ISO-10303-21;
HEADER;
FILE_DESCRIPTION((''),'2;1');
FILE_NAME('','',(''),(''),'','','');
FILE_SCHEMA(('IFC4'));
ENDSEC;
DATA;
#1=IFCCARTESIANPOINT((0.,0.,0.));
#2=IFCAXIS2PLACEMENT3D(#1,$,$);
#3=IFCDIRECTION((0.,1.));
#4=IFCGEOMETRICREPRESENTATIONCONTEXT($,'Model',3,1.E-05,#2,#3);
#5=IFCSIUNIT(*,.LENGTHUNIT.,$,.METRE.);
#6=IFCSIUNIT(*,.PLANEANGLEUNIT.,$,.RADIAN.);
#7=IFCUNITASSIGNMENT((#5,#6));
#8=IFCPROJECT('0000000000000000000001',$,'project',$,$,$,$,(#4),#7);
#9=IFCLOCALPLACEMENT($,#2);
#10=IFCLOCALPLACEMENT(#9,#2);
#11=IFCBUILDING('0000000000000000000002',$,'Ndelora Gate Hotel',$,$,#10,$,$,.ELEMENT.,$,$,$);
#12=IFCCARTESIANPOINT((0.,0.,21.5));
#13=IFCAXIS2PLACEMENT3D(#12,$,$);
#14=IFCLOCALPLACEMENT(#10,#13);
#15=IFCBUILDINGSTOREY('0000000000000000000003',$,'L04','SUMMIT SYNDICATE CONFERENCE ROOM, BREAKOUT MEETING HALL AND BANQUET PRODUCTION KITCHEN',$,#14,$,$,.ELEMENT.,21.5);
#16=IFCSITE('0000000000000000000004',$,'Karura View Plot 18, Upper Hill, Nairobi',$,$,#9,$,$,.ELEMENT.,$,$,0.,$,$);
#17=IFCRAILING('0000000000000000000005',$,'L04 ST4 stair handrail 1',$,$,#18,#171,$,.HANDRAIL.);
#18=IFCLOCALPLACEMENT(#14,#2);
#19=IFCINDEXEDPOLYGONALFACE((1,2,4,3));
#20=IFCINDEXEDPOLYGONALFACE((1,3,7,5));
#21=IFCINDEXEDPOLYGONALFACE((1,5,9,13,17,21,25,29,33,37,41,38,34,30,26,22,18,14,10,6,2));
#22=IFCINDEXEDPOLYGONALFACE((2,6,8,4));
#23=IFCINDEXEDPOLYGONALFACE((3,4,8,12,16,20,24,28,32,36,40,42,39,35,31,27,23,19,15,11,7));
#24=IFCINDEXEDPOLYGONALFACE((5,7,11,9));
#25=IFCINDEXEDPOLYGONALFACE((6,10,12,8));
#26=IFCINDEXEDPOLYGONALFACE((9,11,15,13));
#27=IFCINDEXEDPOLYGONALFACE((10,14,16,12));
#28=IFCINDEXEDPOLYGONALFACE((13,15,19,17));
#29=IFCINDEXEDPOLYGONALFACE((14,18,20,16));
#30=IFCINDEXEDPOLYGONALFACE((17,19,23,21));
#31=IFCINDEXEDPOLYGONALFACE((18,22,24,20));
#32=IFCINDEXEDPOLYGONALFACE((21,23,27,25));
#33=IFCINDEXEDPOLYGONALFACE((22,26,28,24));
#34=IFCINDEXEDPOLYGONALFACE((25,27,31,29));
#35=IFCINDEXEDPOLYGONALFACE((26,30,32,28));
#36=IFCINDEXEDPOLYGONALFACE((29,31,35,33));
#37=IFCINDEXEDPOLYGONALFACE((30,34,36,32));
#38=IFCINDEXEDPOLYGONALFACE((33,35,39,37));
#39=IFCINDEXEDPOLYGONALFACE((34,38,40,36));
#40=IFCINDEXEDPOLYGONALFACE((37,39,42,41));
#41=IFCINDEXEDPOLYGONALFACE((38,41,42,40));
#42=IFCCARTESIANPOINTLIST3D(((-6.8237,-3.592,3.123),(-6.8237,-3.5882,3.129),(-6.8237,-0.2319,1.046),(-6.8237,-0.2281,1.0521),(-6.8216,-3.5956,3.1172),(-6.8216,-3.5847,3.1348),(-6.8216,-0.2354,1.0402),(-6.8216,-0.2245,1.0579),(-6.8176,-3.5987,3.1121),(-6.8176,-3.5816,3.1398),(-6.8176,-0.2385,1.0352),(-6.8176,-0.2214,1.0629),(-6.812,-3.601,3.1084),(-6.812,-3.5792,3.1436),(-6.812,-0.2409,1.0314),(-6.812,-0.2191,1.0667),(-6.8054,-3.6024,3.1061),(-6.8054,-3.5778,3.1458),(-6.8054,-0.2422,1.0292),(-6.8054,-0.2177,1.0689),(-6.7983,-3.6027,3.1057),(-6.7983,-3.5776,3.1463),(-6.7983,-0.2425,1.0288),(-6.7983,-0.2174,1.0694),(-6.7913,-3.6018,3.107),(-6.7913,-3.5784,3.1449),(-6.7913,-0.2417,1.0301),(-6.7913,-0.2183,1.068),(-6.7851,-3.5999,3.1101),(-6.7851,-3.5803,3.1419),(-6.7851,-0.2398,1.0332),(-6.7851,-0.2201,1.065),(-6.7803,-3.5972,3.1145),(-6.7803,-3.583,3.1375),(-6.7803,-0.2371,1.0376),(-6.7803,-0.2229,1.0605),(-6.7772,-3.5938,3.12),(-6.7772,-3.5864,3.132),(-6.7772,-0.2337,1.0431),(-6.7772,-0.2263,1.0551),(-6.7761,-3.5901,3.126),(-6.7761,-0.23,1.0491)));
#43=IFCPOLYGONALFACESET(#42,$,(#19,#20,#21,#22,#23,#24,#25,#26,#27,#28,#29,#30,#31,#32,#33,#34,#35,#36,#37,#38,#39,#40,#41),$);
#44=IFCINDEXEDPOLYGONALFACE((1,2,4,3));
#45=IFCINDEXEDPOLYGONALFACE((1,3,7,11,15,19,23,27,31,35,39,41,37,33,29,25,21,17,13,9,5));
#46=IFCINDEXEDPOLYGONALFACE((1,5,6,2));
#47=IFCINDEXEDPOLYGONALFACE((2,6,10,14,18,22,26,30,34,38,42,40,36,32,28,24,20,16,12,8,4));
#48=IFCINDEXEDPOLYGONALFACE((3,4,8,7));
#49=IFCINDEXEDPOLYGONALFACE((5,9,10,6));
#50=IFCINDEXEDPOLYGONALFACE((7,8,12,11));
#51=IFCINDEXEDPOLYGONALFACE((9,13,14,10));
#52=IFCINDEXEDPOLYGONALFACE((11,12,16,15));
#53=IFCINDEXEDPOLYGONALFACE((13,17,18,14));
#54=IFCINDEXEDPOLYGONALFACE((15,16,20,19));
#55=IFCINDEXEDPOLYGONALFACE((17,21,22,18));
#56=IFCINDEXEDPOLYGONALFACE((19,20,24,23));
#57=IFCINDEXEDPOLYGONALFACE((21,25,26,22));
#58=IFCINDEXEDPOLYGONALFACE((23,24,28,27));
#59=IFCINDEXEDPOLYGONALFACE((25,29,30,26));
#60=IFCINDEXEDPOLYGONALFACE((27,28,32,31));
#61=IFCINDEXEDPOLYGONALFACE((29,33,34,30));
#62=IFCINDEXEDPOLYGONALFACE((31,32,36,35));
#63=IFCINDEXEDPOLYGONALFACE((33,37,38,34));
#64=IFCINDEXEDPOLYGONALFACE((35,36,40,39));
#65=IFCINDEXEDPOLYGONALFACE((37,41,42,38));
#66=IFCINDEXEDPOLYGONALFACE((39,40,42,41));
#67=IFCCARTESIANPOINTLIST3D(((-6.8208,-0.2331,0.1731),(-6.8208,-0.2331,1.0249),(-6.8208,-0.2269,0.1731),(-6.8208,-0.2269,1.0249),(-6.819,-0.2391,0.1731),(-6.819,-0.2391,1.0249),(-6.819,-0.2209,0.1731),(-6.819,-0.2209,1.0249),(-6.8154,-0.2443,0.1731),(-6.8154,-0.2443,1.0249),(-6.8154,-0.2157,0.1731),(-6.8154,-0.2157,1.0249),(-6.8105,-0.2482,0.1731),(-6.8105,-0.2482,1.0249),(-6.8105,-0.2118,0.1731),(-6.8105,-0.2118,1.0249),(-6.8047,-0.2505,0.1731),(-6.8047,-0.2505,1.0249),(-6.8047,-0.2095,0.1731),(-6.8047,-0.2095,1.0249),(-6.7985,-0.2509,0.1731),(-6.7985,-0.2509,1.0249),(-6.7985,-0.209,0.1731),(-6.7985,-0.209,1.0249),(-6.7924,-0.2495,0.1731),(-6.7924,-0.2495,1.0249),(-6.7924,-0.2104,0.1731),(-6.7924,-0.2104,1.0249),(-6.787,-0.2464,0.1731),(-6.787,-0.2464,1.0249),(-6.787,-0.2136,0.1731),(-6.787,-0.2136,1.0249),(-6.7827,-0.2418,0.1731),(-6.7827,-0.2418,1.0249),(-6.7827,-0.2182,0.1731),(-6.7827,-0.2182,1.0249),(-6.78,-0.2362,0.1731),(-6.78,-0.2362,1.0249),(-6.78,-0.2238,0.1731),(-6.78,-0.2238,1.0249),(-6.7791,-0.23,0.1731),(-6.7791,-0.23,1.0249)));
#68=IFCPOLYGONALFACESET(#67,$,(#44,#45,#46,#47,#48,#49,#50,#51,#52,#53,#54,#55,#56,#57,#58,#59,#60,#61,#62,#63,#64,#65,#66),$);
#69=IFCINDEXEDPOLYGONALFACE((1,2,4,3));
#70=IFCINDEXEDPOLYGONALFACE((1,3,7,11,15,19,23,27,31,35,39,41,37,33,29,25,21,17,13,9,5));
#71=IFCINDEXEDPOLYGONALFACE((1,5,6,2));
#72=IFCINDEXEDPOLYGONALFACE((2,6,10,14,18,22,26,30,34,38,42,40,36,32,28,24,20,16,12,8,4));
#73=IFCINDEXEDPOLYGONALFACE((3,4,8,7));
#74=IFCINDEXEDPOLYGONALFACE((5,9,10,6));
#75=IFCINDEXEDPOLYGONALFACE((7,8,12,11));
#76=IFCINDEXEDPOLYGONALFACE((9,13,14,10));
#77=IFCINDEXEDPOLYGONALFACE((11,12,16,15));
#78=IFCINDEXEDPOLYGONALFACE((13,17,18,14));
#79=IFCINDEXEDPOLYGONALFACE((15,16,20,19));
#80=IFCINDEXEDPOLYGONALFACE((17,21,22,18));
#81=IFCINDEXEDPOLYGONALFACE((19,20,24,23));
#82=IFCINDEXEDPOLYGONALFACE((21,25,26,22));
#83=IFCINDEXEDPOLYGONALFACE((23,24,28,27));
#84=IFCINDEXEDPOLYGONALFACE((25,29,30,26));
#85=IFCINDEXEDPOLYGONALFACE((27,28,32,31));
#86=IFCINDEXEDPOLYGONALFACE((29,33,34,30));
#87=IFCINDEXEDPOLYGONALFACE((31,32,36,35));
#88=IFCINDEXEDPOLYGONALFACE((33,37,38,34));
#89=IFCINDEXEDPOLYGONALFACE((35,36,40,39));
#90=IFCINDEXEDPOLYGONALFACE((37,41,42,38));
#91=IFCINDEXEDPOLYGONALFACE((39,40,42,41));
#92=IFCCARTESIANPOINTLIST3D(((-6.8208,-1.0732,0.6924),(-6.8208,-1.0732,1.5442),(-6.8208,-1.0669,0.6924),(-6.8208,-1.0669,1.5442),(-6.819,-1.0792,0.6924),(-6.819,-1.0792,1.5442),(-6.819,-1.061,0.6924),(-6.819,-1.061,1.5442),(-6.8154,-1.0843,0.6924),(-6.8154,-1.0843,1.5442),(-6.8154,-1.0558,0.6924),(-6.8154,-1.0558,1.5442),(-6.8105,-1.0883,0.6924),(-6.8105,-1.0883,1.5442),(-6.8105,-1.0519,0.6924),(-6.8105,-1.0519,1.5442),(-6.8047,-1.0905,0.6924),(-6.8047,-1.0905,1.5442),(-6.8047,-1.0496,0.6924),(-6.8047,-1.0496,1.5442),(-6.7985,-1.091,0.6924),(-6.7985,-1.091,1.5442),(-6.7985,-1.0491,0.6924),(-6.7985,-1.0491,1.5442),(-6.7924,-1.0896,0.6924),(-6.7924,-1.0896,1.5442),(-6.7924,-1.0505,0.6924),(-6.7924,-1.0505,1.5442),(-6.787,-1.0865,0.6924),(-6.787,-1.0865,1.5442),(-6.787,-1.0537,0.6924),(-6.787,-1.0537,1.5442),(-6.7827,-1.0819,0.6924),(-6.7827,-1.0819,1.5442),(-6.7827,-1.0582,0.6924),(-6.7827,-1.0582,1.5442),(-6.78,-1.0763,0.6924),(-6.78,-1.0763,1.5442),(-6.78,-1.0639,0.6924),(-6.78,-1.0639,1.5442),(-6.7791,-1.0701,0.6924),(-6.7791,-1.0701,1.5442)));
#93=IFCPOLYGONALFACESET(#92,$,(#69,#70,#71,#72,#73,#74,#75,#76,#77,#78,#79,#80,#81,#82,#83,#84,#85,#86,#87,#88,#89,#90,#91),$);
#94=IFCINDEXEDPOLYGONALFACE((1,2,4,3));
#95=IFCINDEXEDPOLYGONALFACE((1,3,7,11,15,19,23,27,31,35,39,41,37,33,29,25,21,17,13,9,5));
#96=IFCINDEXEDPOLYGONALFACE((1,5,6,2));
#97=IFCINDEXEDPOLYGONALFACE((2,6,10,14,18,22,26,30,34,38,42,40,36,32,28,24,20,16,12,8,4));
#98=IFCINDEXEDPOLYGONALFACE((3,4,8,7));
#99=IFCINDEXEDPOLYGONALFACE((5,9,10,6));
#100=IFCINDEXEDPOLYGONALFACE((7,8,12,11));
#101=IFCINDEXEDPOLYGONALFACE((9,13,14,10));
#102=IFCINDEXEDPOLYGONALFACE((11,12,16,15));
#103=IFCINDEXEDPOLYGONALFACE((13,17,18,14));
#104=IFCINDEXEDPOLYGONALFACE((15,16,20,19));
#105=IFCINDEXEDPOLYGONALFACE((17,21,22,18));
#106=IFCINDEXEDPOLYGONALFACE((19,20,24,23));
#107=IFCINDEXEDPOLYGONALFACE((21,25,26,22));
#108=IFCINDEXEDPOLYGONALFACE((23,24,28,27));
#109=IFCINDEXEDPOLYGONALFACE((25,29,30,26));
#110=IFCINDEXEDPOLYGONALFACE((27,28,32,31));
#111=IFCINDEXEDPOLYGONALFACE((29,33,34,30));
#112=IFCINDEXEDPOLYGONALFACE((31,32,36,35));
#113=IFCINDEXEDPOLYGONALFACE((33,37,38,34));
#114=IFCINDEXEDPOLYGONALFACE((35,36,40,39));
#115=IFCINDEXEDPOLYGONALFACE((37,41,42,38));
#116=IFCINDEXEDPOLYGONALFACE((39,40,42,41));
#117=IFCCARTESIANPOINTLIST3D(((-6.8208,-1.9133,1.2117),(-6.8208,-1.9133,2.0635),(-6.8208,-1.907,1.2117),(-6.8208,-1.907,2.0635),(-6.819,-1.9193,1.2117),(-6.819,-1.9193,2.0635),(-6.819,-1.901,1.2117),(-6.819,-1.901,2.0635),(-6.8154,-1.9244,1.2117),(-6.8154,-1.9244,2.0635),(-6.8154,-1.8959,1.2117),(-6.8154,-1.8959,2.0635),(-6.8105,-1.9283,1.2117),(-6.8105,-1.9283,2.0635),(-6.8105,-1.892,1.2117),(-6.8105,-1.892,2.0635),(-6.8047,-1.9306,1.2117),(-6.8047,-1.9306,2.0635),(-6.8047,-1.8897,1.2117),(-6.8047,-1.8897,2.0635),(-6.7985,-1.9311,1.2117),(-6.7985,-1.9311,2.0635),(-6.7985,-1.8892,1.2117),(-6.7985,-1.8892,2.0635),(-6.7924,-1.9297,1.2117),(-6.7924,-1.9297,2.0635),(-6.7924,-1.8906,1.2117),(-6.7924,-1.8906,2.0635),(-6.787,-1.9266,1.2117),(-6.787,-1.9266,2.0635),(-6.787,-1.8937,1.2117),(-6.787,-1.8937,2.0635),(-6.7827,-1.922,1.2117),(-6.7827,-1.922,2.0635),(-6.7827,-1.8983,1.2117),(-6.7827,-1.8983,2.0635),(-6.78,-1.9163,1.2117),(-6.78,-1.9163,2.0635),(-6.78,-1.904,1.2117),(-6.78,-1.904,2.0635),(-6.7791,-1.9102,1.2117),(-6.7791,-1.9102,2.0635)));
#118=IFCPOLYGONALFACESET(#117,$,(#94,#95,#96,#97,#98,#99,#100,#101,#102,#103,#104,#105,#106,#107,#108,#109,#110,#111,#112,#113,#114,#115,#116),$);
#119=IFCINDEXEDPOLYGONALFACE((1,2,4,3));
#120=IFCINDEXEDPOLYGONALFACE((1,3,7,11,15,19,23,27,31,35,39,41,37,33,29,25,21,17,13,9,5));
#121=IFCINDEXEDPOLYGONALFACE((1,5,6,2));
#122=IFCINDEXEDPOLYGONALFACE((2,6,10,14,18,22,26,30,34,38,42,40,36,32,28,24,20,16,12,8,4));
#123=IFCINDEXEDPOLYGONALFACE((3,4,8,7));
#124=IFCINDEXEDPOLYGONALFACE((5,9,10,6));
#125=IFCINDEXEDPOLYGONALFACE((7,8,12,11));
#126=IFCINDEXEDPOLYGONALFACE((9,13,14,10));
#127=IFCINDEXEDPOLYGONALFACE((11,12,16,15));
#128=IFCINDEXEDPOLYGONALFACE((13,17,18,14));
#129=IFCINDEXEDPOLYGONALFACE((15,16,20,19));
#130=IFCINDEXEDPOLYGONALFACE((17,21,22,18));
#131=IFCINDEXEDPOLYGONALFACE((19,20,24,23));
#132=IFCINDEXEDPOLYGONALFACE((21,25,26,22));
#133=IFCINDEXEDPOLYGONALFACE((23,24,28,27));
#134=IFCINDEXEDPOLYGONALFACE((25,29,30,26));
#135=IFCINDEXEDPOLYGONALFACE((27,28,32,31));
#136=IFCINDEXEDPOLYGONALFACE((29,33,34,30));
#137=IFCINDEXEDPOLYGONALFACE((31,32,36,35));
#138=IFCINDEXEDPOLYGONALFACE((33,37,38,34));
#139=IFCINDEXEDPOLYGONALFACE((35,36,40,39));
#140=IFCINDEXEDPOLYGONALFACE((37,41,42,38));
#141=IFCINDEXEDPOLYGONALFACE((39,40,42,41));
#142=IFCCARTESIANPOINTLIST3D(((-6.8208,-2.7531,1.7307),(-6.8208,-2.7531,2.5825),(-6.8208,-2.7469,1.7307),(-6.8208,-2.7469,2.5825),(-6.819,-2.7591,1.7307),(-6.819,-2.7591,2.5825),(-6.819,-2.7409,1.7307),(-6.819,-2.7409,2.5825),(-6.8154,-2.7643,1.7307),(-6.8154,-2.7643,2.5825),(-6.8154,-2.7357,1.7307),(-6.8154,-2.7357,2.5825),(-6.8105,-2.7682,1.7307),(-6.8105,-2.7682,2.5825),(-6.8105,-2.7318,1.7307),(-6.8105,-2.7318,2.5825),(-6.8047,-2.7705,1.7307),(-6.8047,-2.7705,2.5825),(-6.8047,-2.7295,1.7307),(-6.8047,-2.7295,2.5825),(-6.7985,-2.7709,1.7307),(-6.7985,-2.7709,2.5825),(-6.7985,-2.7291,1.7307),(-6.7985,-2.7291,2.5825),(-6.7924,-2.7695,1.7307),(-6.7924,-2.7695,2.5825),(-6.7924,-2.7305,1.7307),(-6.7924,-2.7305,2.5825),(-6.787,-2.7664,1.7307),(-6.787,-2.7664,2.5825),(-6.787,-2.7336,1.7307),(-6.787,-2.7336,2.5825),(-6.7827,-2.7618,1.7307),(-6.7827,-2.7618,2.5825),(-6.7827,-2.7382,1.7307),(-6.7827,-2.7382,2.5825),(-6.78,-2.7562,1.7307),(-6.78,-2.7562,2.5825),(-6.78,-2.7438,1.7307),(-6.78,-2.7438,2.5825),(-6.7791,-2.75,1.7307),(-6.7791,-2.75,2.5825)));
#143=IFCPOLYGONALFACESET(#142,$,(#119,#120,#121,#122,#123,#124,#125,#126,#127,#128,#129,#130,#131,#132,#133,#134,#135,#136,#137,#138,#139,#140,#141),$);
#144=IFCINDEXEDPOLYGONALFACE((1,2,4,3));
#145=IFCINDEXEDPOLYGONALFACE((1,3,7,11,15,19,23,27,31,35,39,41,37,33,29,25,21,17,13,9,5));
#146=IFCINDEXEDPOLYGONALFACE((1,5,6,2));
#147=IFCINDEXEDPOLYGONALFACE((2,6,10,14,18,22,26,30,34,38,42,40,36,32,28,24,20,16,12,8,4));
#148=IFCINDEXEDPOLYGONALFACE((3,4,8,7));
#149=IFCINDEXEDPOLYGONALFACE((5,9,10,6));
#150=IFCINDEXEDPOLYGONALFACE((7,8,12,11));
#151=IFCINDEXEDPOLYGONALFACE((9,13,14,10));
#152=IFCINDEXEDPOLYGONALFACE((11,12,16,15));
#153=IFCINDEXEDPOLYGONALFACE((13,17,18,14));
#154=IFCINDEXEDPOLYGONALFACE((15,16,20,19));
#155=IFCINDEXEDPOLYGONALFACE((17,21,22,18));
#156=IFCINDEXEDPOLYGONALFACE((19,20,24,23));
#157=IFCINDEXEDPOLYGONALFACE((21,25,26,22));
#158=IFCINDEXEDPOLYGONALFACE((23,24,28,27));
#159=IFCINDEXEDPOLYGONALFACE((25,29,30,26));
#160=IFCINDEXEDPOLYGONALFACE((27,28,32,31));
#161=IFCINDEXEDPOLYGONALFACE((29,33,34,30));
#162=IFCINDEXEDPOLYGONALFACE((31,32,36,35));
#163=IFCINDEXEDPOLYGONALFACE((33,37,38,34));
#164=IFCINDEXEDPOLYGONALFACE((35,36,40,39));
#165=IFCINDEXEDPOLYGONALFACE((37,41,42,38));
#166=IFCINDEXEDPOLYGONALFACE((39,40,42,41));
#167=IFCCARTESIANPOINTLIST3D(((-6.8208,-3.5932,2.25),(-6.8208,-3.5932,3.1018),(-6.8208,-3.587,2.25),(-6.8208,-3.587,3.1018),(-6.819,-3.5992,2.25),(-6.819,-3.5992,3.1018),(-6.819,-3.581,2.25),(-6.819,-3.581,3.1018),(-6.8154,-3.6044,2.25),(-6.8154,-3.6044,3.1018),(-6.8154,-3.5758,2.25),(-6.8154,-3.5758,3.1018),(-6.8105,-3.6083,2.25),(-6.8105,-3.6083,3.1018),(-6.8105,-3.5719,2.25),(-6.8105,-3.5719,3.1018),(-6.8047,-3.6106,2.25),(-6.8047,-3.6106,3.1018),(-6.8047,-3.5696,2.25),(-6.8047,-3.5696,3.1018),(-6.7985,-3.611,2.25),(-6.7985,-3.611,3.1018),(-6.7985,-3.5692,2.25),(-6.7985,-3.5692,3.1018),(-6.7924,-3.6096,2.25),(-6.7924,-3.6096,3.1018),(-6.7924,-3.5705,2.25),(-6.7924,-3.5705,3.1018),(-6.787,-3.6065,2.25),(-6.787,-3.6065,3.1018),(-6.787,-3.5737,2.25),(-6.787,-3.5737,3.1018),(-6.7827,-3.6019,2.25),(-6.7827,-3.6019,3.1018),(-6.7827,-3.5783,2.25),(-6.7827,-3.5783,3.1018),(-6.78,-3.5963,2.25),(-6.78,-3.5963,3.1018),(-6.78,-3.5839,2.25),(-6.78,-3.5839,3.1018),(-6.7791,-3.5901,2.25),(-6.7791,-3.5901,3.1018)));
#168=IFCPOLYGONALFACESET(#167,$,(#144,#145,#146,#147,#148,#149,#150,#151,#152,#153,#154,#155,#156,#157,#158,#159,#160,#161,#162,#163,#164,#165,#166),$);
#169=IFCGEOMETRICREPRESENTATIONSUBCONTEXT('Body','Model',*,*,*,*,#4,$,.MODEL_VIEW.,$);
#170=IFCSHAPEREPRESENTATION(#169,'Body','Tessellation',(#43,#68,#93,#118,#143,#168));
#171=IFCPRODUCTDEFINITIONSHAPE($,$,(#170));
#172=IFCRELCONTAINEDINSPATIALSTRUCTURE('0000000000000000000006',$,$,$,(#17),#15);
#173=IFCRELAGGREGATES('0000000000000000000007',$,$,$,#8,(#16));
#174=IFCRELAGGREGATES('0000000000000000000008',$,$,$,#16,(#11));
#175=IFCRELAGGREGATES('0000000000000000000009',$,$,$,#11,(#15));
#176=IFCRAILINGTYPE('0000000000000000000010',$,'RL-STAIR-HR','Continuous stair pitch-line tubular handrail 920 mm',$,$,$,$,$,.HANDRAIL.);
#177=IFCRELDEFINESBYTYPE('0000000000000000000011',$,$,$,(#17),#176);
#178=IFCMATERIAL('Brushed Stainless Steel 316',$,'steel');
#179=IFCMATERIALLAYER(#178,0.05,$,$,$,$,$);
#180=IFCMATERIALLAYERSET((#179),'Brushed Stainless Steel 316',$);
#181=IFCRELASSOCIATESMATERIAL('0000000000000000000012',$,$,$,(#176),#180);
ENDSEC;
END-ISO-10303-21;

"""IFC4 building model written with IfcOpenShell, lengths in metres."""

from ifc_helpers import new_model, si_unit, direction, frame, origin, origin_2d, place, context, subcontext, project, spatial, circle, extrude, material, layer, layer_set, type_object, element, save


model = new_model("IFC4")

# Units and contexts
model_context = context("Model", 3, precision=1e-05, world=origin(), true_north=direction((0.0, 1.0)))
body_context = subcontext(model_context, "Body", "Model", "MODEL_VIEW")
ifc_project = project(units=[si_unit("LENGTHUNIT", "METRE"), si_unit("PLANEANGLEUNIT", "RADIAN")], contexts=[model_context])

# Site, building, storey
site_placement = place(None, origin())
site = spatial("IfcSite", under=ifc_project, at=site_placement, Name="Karura View Plot 18, Upper Hill, Nairobi", CompositionType="ELEMENT", RefElevation=0.0)
building_placement = place(site_placement, origin())
building = spatial("IfcBuilding", under=site, at=building_placement, Name="Ndelora Gate Hotel", CompositionType="ELEMENT")
storey_placement = place(building_placement, frame((0.0, 0.0, 21.5)))
storey = spatial("IfcBuildingStorey", under=building, at=storey_placement, Name="L04", Description="SUMMIT SYNDICATE CONFERENCE ROOM, BREAKOUT MEETING HALL AND BANQUET PRODUCTION KITCHEN", CompositionType="ELEMENT", Elevation=21.5)

# Railing
ifc_material_1 = material(Name="Brushed Stainless Steel 316", Category="steel")
ifc_layer_1 = layer(ifc_material_1, 0.05)
ifc_layer_set_1 = layer_set([ifc_layer_1], Name="Brushed Stainless Steel 316")
railing_type_1 = type_object("IfcRailingType", Name="RL-STAIR-HR", Description="Continuous stair pitch-line tubular handrail 920 mm", PredefinedType="HANDRAIL", material=ifc_layer_set_1)
railing_1_placement = place(storey_placement, frame((-6.8, -0.23, 0.1731)))
element("IfcRailing", 1, at=railing_1_placement, inside=storey, type_object=railing_type_1, Name="L04 ST4 stair handrail 1", PredefinedType="HANDRAIL", context=body_context, shape_type="SweptSolid", body=[
    extrude(circle(Radius=0.0239, at=origin_2d()), frame((0.0, 0.0, 0.876), z_axis=(0.0, -0.850623, 0.525776), x_axis=(1.0, 0.0, 0.0)), (0.0, 0.0, 1.0), 3.9502),
    extrude(circle(Radius=0.021, at=origin_2d()), origin(), (0.0, 0.0, 1.0), 0.8518),
    extrude(circle(Radius=0.021, at=origin_2d()), frame((0.0, -0.8401, 0.5193)), (0.0, 0.0, 1.0), 0.8518),
    extrude(circle(Radius=0.021, at=origin_2d()), frame((0.0, -1.6802, 1.0386)), (0.0, 0.0, 1.0), 0.8518),
    extrude(circle(Radius=0.021, at=origin_2d()), frame((0.0, -2.52, 1.5576)), (0.0, 0.0, 1.0), 0.8518),
    extrude(circle(Radius=0.021, at=origin_2d()), frame((0.0, -3.3601, 2.0769)), (0.0, 0.0, 1.0), 0.8518),
])

save(model, "model.ifc")
